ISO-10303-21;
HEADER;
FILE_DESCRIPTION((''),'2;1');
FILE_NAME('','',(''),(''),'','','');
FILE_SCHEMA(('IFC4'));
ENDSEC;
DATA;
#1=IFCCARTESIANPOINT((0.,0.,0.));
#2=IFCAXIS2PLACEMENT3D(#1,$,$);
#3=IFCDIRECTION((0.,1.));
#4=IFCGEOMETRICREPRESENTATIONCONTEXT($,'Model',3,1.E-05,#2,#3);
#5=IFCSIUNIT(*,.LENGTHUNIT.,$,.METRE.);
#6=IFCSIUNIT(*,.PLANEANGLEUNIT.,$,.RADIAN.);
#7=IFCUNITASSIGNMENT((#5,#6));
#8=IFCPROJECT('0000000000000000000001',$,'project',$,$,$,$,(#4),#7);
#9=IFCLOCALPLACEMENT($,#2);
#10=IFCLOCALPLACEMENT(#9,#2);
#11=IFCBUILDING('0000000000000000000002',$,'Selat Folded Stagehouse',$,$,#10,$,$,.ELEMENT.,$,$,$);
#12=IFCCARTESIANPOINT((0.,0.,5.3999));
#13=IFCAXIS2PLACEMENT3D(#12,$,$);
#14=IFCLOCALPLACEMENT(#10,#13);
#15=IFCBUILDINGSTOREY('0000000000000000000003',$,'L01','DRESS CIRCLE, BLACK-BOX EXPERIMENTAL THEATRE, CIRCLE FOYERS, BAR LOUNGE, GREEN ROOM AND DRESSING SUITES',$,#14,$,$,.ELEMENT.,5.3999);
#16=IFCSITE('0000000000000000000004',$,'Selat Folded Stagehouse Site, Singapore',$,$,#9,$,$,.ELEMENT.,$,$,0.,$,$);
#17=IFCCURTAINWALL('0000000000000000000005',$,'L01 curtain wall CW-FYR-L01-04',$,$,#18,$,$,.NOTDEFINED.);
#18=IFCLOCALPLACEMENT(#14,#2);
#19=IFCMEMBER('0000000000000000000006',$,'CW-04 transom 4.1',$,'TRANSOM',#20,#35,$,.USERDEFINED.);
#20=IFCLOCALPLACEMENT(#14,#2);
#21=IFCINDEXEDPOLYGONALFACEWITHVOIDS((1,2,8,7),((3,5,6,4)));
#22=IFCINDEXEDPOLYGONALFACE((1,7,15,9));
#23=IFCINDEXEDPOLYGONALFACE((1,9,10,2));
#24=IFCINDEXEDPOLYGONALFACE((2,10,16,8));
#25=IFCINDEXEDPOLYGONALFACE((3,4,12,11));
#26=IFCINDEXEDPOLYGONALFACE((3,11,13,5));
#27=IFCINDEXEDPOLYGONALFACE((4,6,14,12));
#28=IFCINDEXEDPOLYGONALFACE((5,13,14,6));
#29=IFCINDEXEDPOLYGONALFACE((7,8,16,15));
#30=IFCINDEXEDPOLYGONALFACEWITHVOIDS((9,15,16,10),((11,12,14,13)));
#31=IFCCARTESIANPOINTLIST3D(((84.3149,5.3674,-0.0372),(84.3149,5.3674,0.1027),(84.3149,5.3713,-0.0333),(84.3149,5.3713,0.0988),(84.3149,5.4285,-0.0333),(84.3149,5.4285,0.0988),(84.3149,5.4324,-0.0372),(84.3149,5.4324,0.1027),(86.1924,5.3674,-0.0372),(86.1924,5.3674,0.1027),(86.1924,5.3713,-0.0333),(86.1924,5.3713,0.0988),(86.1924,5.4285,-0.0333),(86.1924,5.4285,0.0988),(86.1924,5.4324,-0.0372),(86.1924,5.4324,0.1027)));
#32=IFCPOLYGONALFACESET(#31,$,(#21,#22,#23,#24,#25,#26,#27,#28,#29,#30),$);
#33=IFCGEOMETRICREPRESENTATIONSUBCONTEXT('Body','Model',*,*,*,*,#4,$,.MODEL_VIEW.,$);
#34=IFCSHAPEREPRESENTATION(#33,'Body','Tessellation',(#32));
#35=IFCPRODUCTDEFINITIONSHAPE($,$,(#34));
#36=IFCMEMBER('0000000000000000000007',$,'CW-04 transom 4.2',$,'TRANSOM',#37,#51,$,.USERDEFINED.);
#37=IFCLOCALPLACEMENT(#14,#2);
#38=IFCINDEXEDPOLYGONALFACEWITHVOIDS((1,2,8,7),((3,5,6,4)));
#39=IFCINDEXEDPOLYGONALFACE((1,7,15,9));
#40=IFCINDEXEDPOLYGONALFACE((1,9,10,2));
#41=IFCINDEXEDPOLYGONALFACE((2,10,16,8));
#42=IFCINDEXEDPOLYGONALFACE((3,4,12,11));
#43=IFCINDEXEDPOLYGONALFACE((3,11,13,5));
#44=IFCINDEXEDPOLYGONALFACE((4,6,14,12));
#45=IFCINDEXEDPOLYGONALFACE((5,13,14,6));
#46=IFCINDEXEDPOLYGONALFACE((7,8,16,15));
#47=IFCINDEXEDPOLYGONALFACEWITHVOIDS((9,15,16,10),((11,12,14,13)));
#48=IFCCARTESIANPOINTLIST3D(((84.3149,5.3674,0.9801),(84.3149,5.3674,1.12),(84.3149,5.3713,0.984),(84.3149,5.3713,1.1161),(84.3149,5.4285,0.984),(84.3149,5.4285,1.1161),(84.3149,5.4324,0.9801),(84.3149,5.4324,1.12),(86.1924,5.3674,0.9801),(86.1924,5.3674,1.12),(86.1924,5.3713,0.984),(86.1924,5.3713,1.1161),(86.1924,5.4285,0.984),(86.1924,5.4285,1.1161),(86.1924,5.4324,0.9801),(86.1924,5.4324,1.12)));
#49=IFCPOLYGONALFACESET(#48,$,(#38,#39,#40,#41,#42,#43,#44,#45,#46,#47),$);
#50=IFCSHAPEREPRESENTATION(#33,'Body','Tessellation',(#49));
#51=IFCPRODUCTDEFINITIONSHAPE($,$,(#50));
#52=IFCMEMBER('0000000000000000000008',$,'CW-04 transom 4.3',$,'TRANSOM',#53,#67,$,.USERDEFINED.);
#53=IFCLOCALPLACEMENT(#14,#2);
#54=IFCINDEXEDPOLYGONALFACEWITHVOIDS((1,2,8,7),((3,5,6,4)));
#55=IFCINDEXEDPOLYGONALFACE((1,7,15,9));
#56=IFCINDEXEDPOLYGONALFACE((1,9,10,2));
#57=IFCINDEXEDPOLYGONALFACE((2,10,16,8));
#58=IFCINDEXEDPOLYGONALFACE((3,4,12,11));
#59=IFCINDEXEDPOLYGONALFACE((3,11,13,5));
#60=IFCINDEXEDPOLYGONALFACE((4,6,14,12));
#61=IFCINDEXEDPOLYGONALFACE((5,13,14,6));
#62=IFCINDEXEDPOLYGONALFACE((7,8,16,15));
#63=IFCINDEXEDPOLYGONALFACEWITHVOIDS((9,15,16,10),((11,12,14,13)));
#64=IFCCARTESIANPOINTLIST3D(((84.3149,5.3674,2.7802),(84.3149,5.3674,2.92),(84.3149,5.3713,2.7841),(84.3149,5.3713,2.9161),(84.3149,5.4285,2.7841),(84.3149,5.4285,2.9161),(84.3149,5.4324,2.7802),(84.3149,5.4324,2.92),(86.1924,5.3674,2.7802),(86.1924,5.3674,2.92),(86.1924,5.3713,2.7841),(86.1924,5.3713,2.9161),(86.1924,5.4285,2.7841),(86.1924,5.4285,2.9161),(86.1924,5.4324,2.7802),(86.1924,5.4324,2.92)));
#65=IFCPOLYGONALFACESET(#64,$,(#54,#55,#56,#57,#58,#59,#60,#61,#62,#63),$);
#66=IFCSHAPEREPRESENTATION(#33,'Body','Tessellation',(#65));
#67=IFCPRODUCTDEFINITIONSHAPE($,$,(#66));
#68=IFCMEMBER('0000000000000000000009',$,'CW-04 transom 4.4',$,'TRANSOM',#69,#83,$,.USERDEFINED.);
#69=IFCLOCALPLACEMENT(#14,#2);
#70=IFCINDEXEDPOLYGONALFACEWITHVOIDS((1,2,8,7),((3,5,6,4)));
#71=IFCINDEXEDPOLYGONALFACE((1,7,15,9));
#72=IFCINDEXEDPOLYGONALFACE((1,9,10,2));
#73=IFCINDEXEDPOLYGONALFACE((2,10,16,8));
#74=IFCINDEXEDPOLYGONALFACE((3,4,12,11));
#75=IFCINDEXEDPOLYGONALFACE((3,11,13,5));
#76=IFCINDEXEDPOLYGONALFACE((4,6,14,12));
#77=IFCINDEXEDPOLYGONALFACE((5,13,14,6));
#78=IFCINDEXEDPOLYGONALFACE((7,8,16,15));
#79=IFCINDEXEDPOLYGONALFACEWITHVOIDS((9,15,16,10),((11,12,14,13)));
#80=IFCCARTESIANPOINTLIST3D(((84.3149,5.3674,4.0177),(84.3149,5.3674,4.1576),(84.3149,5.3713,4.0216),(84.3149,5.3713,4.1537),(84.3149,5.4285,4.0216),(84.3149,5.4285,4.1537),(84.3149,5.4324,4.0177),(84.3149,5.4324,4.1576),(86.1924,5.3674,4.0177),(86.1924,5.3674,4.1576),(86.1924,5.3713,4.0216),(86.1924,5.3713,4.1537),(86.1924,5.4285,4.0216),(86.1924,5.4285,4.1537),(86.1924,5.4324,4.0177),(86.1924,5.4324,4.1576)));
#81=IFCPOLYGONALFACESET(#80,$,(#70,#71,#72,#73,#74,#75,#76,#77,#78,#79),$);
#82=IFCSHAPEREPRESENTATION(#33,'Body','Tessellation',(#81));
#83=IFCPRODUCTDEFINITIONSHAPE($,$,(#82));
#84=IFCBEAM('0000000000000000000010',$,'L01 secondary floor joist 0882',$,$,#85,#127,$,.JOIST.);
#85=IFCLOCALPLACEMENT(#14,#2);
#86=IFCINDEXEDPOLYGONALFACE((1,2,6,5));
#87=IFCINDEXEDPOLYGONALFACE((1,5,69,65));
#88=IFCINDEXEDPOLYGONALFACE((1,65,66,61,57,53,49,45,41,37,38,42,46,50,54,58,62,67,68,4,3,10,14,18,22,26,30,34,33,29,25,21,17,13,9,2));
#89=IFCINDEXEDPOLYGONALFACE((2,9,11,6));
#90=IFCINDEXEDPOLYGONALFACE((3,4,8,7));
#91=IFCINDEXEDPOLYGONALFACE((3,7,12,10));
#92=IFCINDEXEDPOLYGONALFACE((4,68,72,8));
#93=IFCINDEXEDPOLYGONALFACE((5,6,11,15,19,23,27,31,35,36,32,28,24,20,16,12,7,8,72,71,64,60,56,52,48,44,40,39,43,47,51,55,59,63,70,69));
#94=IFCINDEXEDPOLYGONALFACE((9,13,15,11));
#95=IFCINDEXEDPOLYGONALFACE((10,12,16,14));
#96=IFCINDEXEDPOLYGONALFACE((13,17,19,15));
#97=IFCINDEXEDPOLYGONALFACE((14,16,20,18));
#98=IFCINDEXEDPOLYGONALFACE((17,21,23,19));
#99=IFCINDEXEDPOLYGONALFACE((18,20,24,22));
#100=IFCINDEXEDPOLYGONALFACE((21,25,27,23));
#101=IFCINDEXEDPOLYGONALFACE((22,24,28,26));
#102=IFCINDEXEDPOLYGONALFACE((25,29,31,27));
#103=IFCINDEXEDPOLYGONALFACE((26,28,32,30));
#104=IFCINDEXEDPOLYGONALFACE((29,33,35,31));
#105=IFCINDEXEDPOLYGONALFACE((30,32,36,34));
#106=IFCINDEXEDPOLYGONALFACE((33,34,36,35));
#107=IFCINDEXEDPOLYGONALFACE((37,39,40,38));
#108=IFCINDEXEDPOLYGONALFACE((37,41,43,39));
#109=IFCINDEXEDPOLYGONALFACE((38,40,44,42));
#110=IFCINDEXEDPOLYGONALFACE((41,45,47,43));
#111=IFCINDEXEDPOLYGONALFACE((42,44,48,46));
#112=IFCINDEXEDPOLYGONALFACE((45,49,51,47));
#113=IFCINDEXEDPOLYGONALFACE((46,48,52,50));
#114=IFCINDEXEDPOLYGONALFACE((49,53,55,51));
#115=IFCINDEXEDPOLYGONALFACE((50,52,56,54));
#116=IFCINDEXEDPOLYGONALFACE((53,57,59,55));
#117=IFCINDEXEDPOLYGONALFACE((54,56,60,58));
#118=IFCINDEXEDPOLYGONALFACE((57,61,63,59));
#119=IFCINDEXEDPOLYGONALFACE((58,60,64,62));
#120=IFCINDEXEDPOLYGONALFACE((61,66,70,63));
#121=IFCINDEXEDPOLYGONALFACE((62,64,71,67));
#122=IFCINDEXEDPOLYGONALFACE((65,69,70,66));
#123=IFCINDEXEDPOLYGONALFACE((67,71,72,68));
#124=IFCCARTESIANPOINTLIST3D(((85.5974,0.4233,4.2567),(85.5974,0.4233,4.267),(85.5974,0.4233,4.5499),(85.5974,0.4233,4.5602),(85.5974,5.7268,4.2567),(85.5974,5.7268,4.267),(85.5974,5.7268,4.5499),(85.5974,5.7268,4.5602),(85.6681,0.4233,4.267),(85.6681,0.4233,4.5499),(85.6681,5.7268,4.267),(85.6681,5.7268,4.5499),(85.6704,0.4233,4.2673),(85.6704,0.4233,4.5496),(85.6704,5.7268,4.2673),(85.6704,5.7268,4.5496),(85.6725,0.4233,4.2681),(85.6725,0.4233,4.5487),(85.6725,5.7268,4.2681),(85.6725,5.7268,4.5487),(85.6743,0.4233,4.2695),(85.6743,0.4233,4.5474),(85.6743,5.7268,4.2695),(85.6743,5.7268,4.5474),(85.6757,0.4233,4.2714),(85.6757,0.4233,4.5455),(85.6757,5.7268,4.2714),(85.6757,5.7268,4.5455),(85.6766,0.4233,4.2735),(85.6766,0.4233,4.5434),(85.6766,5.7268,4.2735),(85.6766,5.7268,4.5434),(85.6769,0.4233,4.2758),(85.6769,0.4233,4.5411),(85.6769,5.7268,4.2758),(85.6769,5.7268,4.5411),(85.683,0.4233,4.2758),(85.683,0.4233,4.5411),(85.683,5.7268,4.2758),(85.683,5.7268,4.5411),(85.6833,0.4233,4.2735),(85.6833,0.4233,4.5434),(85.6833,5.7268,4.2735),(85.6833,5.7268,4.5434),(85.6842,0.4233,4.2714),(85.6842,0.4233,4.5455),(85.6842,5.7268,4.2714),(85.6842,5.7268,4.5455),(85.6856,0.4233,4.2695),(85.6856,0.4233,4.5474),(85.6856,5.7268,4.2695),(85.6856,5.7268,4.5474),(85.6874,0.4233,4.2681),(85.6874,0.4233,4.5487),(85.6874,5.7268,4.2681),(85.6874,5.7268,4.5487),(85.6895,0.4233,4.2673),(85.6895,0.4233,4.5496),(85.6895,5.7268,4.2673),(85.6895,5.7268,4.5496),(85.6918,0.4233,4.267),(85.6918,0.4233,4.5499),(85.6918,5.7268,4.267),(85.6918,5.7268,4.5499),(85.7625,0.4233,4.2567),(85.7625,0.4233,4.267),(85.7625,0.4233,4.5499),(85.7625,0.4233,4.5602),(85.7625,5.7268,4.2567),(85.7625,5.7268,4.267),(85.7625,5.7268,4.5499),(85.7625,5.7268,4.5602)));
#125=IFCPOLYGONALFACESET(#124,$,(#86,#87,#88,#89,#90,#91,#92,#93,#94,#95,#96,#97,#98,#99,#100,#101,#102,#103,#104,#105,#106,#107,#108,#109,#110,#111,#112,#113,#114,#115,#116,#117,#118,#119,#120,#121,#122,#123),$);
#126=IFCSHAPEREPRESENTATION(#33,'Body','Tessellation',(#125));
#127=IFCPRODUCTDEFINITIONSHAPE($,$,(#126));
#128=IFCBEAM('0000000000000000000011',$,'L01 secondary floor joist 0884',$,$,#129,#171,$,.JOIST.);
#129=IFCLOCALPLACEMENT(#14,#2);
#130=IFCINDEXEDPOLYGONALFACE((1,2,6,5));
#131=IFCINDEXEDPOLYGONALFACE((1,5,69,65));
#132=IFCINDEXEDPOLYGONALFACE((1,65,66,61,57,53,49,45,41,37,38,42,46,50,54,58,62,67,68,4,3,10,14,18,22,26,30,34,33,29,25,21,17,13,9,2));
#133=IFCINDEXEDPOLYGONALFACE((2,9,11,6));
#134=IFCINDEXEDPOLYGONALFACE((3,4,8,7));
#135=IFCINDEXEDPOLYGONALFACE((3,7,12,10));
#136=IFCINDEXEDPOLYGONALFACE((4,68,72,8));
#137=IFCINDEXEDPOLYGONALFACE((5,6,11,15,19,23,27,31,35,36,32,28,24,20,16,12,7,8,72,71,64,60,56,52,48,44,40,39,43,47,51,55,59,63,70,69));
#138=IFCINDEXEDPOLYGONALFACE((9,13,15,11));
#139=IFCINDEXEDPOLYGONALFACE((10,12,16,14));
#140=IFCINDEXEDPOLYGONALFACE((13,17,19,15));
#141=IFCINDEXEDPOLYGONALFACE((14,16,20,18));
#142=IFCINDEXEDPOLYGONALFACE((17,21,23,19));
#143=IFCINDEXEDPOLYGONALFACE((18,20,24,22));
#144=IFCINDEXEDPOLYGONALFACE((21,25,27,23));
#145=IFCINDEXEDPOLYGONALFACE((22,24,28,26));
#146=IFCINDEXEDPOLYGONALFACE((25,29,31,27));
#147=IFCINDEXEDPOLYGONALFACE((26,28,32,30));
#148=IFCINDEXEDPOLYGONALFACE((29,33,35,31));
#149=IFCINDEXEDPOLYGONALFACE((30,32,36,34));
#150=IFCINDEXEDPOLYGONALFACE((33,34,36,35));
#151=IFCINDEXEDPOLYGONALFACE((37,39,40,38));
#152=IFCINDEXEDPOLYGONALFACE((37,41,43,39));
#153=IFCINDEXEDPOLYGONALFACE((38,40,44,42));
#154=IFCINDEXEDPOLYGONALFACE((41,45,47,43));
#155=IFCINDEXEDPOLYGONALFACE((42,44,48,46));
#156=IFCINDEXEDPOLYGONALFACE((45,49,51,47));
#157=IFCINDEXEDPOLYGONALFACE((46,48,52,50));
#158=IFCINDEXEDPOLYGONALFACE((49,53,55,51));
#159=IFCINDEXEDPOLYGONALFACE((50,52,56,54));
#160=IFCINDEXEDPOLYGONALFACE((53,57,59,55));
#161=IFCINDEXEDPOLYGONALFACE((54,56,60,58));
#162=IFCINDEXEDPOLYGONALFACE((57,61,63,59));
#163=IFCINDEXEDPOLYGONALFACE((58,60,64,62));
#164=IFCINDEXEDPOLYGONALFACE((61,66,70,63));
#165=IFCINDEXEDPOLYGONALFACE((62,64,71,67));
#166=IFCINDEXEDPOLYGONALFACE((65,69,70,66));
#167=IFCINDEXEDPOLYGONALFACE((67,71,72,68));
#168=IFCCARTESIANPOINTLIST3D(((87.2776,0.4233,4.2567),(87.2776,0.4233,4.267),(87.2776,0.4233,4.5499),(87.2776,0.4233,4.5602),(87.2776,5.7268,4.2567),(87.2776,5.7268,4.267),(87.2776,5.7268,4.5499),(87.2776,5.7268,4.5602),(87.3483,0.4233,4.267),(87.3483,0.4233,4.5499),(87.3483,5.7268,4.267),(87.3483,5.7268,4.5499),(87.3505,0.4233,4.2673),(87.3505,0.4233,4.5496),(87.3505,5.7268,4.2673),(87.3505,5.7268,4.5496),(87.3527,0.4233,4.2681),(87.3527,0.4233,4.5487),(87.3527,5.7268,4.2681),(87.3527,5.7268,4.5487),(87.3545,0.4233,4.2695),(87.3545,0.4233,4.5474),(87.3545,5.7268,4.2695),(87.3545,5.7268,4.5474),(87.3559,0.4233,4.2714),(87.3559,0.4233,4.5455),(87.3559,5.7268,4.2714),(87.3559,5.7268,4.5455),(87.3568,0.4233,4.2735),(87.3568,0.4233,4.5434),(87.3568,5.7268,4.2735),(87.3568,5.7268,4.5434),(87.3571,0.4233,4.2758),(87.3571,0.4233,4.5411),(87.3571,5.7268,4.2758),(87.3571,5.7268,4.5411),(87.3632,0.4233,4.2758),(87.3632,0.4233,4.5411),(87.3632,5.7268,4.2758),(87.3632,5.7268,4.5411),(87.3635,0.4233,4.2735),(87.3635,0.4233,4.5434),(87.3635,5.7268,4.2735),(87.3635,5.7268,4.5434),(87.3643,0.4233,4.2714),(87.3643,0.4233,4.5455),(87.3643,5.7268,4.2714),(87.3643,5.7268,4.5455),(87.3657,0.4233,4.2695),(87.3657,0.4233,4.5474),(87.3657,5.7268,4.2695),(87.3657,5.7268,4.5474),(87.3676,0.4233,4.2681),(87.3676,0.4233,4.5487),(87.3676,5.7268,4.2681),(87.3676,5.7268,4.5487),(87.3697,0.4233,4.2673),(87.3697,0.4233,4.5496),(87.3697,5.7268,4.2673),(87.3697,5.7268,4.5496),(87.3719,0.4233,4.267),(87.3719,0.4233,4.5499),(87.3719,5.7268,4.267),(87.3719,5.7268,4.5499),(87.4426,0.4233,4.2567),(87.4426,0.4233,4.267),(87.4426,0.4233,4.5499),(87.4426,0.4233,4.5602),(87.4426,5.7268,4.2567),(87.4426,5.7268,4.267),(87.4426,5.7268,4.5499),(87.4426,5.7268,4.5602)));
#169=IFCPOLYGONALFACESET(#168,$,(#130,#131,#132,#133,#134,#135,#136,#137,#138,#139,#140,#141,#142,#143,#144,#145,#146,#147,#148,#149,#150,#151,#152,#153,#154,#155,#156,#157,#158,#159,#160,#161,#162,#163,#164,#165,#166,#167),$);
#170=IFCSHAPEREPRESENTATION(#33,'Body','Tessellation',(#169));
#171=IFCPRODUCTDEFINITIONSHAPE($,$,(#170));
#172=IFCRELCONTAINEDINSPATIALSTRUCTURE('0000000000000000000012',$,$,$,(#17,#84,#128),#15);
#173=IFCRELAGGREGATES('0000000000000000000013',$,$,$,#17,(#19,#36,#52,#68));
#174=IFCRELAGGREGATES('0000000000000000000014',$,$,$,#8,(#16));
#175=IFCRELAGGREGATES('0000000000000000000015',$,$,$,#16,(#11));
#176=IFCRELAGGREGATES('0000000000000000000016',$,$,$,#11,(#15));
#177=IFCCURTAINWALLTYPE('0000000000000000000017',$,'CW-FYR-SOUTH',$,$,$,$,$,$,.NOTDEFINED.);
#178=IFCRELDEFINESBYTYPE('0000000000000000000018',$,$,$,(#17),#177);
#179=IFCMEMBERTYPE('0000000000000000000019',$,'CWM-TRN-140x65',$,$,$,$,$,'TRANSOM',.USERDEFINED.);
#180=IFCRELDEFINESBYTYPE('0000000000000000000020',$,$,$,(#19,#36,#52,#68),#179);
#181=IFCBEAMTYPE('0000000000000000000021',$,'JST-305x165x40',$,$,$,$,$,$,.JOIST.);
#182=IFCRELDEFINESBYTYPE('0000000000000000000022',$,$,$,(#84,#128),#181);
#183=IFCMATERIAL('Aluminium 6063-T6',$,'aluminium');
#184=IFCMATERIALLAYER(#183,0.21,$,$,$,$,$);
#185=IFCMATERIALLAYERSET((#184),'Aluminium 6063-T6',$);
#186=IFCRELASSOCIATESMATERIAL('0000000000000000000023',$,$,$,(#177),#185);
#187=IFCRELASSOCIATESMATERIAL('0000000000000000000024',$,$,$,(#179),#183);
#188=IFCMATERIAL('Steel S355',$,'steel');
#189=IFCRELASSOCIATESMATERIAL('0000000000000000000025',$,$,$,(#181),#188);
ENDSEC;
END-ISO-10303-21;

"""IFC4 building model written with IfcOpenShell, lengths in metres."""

from ifc_helpers import new_model, si_unit, direction, frame, origin, origin_2d, place, context, subcontext, project, spatial, hollow_rectangle, i_section, extrude, material, layer, layer_set, material_profile, profile_set, type_object, element, aggregate, save


model = new_model("IFC4")

# Units and contexts
model_context = context("Model", 3, precision=1e-05, world=origin(), true_north=direction((0.0, 1.0)))
body_context = subcontext(model_context, "Body", "Model", "MODEL_VIEW")
ifc_project = project(units=[si_unit("LENGTHUNIT", "METRE"), si_unit("PLANEANGLEUNIT", "RADIAN")], contexts=[model_context])

# Site, building, storey
site_placement = place(None, origin())
site = spatial("IfcSite", under=ifc_project, at=site_placement, Name="Selat Folded Stagehouse Site, Singapore", CompositionType="ELEMENT", RefElevation=0.0)
building_placement = place(site_placement, origin())
building = spatial("IfcBuilding", under=site, at=building_placement, Name="Selat Folded Stagehouse", CompositionType="ELEMENT")
storey_placement = place(building_placement, frame((0.0, 0.0, 5.3999)))
storey = spatial("IfcBuildingStorey", under=building, at=storey_placement, Name="L01", Description="DRESS CIRCLE, BLACK-BOX EXPERIMENTAL THEATRE, CIRCLE FOYERS, BAR LOUNGE, GREEN ROOM AND DRESSING SUITES", CompositionType="ELEMENT", Elevation=5.3999)

# Shared definitions
ifc_material_1 = material(Name="Steel S355", Category="steel")

# Curtain wall, members
ifc_material_2 = material(Name="Aluminium 6063-T6", Category="aluminium")
ifc_layer_1 = layer(ifc_material_2, 0.21)
ifc_layer_set_1 = layer_set([ifc_layer_1], Name="Aluminium 6063-T6")
curtain_wall_type = type_object("IfcCurtainWallType", Name="CW-FYR-SOUTH", PredefinedType="NOTDEFINED", material=ifc_layer_set_1)
curtain_wall_placement = place(storey_placement, origin())
curtain_wall = element("IfcCurtainWall", 1, at=curtain_wall_placement, inside=storey, type_object=curtain_wall_type, Name="L01 curtain wall CW-FYR-L01-04", PredefinedType="NOTDEFINED")
ifc_material_profile_1 = material_profile(ifc_material_2, hollow_rectangle(XDim=0.0649, YDim=0.1399, WallThickness=0.0039, at=origin_2d()), Name="ALU 140x65x4.0")
ifc_profile_set_1 = profile_set([ifc_material_profile_1], Name="Aluminium 6063-T6")
member_type_1 = type_object("IfcMemberType", Name="CWM-TRN-140x65", ElementType="TRANSOM", PredefinedType="USERDEFINED", material=ifc_profile_set_1)
member_1_placement = place(storey_placement, frame((86.1924, 5.3999, 0.0327), z_axis=(-1.0, 0.0, 0.0), x_axis=(0.0, -1.0, 0.0)))
member_1 = element("IfcMember", 2, at=member_1_placement, type_object=member_type_1, Name="CW-04 transom 4.1", ObjectType="TRANSOM", PredefinedType="USERDEFINED", context=body_context, shape_type="SweptSolid", body=[
    extrude(hollow_rectangle(XDim=0.0649, YDim=0.1399, WallThickness=0.0039, at=origin_2d()), origin(), (0.0, 0.0, 1.0), 1.8774),
])
member_2_placement = place(storey_placement, frame((86.1924, 5.3999, 1.05), z_axis=(-1.0, 0.0, 0.0), x_axis=(0.0, -1.0, 0.0)))
member_2 = element("IfcMember", 3, at=member_2_placement, type_object=member_type_1, Name="CW-04 transom 4.2", ObjectType="TRANSOM", PredefinedType="USERDEFINED", context=body_context, shape_type="SweptSolid", body=[
    extrude(hollow_rectangle(XDim=0.0649, YDim=0.1399, WallThickness=0.0039, at=origin_2d()), origin(), (0.0, 0.0, 1.0), 1.8774),
])
member_3_placement = place(storey_placement, frame((86.1924, 5.3999, 2.8501), z_axis=(-1.0, 0.0, 0.0), x_axis=(0.0, -1.0, 0.0)))
member_3 = element("IfcMember", 4, at=member_3_placement, type_object=member_type_1, Name="CW-04 transom 4.3", ObjectType="TRANSOM", PredefinedType="USERDEFINED", context=body_context, shape_type="SweptSolid", body=[
    extrude(hollow_rectangle(XDim=0.0649, YDim=0.1399, WallThickness=0.0039, at=origin_2d()), origin(), (0.0, 0.0, 1.0), 1.8774),
])
member_4_placement = place(storey_placement, frame((86.1924, 5.3999, 4.0876), z_axis=(-1.0, 0.0, 0.0), x_axis=(0.0, -1.0, 0.0)))
member_4 = element("IfcMember", 5, at=member_4_placement, type_object=member_type_1, Name="CW-04 transom 4.4", ObjectType="TRANSOM", PredefinedType="USERDEFINED", context=body_context, shape_type="SweptSolid", body=[
    extrude(hollow_rectangle(XDim=0.0649, YDim=0.1399, WallThickness=0.0039, at=origin_2d()), origin(), (0.0, 0.0, 1.0), 1.8774),
])

# Beams
ifc_material_profile_2 = material_profile(ifc_material_1, i_section(OverallWidth=0.165, OverallDepth=0.3035, WebThickness=0.0061, FlangeThickness=0.0103, FilletRadius=0.0088, at=origin_2d()), Name="UKB 305x165x40")
ifc_profile_set_2 = profile_set([ifc_material_profile_2], Name="Steel S355")
beam_type_1 = type_object("IfcBeamType", Name="JST-305x165x40", PredefinedType="JOIST", material=ifc_profile_set_2)
for number, where, z_axis, x_axis, name in (
    (6, (85.6799, 0.4233, 4.4084), (0.0, 1.0, 0.0), (-1.0, 0.0, 0.0), "L01 secondary floor joist 0882"),
    (7, (87.3601, 0.4233, 4.4084), (0.0, 1.0, 0.0), (-1.0, 0.0, 0.0), "L01 secondary floor joist 0884"),
):
    element("IfcBeam", number, at=place(storey_placement, frame(where, z_axis=z_axis, x_axis=x_axis)), inside=storey, type_object=beam_type_1, Name=name, PredefinedType="JOIST", context=body_context, shape_type="SweptSolid", body=[
        extrude(i_section(OverallWidth=0.165, OverallDepth=0.3035, WebThickness=0.0061, FlangeThickness=0.0103, FilletRadius=0.0088, at=origin_2d()), origin(), (0.0, 0.0, 1.0), 5.3035),
    ])

aggregate(curtain_wall, [member_1, member_2, member_3, member_4])

save(model, "model.ifc")
